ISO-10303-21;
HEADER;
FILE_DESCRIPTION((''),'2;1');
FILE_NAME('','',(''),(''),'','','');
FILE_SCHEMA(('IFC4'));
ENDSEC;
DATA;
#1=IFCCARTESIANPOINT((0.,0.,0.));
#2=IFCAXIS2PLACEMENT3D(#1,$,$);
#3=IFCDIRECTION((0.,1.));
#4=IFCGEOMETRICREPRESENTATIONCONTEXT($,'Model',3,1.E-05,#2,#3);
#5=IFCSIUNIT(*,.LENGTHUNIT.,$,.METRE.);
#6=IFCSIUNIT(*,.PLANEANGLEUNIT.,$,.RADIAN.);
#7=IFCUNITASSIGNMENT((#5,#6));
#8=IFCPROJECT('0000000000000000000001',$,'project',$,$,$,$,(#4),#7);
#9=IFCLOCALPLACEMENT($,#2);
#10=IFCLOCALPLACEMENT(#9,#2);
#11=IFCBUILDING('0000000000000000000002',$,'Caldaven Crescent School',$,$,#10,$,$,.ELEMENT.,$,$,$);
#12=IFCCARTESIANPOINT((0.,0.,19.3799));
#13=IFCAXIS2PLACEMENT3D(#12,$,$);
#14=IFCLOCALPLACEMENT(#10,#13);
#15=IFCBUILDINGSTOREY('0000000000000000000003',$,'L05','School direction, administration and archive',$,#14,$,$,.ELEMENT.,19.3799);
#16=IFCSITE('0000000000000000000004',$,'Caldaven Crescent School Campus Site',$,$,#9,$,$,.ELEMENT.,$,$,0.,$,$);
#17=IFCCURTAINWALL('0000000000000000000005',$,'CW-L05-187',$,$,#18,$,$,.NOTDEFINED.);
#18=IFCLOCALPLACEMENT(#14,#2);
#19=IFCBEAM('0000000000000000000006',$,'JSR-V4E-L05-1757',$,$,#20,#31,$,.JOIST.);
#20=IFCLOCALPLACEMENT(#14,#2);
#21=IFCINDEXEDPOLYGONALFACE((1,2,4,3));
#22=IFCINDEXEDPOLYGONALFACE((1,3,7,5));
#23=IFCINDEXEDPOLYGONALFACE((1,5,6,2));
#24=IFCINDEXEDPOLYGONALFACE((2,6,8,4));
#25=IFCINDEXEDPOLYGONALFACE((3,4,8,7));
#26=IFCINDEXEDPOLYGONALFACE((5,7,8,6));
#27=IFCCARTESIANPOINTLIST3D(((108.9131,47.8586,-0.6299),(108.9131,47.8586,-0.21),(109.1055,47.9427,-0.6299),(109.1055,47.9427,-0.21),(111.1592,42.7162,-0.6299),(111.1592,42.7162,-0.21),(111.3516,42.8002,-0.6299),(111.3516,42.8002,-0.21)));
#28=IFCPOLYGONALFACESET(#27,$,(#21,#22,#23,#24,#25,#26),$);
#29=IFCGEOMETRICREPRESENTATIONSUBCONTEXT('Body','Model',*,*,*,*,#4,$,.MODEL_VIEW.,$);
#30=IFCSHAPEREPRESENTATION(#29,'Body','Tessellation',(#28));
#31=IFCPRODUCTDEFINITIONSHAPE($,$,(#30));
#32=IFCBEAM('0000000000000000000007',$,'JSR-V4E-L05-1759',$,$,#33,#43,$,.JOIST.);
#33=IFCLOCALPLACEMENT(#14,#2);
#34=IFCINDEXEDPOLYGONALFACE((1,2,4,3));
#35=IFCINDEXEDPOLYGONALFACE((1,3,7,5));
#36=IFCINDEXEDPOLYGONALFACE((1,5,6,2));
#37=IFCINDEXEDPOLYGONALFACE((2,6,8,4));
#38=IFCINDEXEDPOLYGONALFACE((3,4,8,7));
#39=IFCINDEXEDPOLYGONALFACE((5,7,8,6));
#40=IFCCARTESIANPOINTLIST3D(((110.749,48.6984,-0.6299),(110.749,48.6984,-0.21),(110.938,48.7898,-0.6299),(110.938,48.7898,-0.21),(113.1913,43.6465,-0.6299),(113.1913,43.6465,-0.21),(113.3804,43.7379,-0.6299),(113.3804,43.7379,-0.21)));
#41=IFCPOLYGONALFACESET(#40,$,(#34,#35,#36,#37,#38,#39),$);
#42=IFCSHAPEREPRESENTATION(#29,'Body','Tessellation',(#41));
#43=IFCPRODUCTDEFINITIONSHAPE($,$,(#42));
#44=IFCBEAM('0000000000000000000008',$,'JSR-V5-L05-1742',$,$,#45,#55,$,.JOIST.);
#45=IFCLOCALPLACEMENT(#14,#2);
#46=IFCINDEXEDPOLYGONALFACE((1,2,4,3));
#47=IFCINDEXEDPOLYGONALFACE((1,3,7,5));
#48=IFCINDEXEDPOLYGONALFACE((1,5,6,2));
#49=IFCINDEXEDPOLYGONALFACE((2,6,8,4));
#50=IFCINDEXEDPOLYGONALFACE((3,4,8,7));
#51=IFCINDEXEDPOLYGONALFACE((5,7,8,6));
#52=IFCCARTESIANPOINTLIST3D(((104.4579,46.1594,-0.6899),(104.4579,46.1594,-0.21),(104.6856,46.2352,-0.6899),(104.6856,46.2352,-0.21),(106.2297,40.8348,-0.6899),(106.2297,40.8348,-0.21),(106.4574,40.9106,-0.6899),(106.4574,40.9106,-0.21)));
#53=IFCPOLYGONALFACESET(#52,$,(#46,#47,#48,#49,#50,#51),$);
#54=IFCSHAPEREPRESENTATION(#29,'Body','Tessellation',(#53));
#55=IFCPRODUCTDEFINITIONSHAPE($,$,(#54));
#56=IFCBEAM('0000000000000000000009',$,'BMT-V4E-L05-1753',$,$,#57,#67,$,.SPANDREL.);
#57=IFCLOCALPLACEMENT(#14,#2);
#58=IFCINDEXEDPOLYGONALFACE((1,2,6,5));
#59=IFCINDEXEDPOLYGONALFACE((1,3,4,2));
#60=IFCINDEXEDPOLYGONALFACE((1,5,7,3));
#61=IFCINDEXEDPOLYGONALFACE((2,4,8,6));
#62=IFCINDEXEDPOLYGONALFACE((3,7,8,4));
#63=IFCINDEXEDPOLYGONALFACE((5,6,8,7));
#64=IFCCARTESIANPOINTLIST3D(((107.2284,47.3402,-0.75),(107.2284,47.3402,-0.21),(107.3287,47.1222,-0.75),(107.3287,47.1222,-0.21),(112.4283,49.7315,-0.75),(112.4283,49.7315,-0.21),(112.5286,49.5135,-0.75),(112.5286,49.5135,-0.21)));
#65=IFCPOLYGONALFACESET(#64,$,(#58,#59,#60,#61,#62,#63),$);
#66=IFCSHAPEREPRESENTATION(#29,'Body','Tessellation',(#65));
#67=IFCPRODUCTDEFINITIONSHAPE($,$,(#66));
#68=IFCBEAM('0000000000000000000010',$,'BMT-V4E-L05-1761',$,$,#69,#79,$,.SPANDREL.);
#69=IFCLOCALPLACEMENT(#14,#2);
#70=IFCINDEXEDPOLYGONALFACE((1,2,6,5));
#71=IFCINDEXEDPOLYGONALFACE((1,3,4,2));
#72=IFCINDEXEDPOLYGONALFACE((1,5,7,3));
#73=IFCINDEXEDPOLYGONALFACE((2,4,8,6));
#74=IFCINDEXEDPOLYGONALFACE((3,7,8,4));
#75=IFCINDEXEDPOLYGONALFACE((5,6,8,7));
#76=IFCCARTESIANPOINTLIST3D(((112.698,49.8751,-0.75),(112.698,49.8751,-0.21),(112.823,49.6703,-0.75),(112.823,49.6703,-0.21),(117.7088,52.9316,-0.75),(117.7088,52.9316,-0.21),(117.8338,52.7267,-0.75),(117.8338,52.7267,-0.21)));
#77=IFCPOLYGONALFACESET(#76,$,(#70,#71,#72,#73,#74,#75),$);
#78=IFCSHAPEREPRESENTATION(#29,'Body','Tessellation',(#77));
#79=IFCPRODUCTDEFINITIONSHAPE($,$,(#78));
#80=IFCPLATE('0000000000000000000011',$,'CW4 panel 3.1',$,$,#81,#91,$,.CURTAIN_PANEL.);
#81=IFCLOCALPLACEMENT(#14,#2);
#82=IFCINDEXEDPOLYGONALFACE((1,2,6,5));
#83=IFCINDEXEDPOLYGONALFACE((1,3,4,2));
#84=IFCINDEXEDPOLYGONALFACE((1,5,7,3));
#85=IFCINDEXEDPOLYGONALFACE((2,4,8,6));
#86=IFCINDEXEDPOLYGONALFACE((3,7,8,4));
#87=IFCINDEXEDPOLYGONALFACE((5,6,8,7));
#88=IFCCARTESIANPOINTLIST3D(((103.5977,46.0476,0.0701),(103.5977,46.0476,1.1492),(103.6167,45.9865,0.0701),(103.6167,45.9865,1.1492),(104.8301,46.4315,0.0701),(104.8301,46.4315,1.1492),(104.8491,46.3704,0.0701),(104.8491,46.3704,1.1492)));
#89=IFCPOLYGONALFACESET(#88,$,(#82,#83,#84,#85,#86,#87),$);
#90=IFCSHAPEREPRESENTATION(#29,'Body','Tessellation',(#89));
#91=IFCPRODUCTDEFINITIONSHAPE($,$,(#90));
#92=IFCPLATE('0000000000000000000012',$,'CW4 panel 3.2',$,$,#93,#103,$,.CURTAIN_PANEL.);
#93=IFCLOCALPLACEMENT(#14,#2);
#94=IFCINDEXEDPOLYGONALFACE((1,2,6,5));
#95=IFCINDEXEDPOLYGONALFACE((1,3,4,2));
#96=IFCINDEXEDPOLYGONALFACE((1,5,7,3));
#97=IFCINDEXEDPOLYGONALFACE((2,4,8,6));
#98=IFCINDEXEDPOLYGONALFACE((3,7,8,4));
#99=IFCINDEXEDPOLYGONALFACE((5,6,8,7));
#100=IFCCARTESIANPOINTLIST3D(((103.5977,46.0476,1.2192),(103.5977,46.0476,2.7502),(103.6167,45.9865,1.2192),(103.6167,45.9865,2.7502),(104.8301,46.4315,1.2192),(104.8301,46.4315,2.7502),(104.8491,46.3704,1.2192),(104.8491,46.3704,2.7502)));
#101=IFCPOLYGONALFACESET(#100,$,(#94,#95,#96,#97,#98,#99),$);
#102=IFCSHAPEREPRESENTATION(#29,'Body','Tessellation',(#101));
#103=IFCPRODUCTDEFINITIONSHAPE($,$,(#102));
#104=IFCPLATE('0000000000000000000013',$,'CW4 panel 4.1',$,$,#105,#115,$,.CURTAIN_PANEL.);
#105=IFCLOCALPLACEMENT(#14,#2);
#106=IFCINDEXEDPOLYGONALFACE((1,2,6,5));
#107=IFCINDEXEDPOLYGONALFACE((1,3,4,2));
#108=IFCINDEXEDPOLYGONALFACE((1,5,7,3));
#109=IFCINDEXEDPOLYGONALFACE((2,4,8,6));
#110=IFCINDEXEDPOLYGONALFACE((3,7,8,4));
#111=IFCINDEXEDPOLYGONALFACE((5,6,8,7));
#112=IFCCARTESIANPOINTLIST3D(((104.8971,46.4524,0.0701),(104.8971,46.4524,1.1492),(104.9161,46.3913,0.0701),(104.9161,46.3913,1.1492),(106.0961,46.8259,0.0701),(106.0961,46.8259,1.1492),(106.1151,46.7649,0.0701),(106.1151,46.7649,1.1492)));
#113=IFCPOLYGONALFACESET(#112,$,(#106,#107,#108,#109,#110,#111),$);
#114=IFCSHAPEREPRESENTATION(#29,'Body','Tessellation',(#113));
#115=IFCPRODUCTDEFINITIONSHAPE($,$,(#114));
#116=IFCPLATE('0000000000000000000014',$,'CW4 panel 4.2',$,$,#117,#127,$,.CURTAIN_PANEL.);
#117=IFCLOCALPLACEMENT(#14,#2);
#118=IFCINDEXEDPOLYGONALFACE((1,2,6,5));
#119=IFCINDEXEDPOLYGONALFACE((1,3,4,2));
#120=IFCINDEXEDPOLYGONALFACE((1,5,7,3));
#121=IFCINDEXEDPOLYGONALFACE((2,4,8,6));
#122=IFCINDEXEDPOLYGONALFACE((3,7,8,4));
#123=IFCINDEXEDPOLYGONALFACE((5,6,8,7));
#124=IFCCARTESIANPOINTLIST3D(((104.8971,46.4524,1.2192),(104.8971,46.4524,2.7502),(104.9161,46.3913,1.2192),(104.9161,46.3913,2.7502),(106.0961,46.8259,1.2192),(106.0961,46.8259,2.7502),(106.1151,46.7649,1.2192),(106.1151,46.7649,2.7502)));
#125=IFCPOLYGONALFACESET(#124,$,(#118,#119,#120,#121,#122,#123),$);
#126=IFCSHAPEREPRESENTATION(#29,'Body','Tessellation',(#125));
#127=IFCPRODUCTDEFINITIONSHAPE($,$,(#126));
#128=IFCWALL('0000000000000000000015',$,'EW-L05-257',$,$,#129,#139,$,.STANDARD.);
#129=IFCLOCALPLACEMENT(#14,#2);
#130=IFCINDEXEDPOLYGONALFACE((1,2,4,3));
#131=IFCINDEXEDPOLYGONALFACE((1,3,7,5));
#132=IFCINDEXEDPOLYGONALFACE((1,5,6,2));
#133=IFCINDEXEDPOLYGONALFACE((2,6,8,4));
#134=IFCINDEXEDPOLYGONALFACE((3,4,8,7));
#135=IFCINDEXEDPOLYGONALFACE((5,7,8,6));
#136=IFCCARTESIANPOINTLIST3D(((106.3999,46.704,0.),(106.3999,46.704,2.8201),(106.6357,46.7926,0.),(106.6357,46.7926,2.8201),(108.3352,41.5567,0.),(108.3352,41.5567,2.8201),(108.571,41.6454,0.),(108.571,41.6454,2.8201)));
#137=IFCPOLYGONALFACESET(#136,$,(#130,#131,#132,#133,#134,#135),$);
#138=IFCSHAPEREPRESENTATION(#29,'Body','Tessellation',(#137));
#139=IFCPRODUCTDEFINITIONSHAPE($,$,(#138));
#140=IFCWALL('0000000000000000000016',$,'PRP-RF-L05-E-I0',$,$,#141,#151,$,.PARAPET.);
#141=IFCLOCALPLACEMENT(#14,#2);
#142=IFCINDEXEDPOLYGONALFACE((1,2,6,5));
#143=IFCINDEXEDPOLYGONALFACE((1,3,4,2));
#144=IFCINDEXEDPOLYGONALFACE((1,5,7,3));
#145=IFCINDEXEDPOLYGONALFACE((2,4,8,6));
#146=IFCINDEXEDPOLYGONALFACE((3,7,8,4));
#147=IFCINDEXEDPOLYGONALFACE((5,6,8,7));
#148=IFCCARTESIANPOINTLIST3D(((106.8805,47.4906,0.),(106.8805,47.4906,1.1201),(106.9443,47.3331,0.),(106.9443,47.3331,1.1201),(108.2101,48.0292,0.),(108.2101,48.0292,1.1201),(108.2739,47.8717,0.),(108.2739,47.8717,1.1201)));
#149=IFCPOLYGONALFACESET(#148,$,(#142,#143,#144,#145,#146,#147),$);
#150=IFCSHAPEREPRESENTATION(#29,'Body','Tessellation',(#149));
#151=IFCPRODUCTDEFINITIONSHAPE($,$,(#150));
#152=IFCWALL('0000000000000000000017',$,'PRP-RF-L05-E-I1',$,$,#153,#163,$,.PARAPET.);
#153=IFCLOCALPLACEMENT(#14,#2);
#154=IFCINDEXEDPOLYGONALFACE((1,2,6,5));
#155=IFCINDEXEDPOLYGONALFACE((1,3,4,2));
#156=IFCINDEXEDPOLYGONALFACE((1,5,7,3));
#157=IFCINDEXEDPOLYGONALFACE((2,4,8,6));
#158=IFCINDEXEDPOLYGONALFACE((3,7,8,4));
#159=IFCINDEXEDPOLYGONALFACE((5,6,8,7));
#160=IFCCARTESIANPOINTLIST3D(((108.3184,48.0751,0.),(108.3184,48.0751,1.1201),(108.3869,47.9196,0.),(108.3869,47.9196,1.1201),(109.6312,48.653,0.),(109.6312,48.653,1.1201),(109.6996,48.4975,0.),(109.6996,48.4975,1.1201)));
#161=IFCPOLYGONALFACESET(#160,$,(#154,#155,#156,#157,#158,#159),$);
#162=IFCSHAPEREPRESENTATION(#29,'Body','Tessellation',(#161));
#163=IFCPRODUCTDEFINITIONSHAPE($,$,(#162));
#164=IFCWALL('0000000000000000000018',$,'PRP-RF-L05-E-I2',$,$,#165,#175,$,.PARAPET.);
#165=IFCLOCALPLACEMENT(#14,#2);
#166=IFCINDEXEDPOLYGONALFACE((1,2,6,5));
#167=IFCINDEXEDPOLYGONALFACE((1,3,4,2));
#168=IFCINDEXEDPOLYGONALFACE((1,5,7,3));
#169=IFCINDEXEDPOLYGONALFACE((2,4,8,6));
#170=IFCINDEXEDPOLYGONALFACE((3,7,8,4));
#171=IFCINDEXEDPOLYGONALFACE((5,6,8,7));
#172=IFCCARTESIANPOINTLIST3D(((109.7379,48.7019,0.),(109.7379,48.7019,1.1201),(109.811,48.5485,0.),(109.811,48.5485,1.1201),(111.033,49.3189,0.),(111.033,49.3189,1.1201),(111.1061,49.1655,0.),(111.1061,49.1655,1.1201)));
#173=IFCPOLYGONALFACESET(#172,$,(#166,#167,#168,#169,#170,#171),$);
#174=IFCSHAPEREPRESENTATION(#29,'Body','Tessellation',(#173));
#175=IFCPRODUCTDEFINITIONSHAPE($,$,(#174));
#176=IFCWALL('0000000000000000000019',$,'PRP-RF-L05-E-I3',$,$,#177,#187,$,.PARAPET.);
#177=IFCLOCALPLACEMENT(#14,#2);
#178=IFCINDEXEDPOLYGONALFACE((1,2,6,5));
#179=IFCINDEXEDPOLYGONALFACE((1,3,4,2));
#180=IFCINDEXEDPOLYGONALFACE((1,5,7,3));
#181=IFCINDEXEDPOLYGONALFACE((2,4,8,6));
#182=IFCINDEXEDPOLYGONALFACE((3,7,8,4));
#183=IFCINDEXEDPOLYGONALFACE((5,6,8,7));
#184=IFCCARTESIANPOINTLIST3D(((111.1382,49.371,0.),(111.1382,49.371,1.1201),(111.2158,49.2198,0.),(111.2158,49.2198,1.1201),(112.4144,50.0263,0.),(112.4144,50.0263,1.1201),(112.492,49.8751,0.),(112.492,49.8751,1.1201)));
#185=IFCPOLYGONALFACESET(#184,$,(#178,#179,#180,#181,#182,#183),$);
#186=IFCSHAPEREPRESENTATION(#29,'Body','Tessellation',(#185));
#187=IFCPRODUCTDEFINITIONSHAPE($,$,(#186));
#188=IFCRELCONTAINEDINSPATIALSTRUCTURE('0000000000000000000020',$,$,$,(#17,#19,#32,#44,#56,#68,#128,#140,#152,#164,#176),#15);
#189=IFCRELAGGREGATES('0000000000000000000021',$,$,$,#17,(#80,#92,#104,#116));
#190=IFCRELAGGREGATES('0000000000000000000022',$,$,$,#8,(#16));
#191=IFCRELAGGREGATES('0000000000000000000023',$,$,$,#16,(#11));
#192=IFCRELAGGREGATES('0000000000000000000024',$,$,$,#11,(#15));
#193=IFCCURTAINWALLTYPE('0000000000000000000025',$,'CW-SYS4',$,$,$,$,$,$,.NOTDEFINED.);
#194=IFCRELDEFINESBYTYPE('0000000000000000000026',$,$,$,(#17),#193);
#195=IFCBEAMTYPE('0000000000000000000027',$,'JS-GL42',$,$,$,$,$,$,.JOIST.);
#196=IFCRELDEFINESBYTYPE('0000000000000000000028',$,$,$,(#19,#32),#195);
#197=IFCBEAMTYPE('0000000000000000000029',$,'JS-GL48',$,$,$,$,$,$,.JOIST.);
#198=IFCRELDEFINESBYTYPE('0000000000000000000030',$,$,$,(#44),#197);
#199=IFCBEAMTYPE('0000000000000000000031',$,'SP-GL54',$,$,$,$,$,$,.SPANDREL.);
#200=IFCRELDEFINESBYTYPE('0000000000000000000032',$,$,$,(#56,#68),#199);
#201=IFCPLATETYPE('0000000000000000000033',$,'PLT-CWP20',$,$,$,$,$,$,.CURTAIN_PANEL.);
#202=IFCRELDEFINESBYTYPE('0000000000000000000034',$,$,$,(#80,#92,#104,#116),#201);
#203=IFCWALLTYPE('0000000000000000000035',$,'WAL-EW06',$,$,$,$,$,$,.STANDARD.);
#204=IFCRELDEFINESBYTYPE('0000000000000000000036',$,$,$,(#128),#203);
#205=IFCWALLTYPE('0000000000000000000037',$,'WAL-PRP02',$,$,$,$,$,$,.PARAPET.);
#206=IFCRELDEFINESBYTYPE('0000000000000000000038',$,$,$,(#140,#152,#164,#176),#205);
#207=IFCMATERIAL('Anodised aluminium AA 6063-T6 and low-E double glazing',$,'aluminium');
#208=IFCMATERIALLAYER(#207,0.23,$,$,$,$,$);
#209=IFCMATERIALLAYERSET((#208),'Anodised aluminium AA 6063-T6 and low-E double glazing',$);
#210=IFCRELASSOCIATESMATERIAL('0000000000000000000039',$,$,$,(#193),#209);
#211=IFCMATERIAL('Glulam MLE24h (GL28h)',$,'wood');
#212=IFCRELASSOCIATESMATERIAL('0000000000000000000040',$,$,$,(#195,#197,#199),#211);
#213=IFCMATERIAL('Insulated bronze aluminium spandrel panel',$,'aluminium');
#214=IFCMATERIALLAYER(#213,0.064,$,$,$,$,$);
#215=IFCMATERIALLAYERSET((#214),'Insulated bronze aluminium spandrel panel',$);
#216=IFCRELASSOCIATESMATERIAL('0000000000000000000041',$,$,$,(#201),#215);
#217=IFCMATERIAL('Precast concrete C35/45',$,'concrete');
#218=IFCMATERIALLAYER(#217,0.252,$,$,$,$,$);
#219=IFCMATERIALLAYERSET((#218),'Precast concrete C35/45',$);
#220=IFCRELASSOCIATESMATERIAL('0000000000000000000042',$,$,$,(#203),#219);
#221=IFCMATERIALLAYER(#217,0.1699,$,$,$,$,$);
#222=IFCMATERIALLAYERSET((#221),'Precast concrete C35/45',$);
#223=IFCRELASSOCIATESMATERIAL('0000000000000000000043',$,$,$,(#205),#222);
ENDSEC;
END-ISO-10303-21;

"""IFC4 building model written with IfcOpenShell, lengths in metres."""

from ifc_helpers import new_model, si_unit, direction, frame, frame_2d, origin, origin_2d, place, context, subcontext, project, spatial, rectangle, extrude, material, layer, layer_set, material_profile, profile_set, type_object, element, aggregate, save


model = new_model("IFC4")

# Units and contexts
model_context = context("Model", 3, precision=1e-05, world=origin(), true_north=direction((0.0, 1.0)))
body_context = subcontext(model_context, "Body", "Model", "MODEL_VIEW")
ifc_project = project(units=[si_unit("LENGTHUNIT", "METRE"), si_unit("PLANEANGLEUNIT", "RADIAN")], contexts=[model_context])

# Site, building, storey
site_placement = place(None, origin())
site = spatial("IfcSite", under=ifc_project, at=site_placement, Name="Caldaven Crescent School Campus Site", CompositionType="ELEMENT", RefElevation=0.0)
building_placement = place(site_placement, origin())
building = spatial("IfcBuilding", under=site, at=building_placement, Name="Caldaven Crescent School", CompositionType="ELEMENT")
storey_placement = place(building_placement, frame((0.0, 0.0, 19.3799)))
storey = spatial("IfcBuildingStorey", under=building, at=storey_placement, Name="L05", Description="School direction, administration and archive", CompositionType="ELEMENT", Elevation=19.3799)

# Shared definitions
ifc_material_1 = material(Name="Glulam MLE24h (GL28h)", Category="wood")

# Curtain wall
ifc_material_2 = material(Name="Anodised aluminium AA 6063-T6 and low-E double glazing", Category="aluminium")
ifc_layer_1 = layer(ifc_material_2, 0.23)
ifc_layer_set_1 = layer_set([ifc_layer_1], Name="Anodised aluminium AA 6063-T6 and low-E double glazing")
curtain_wall_type = type_object("IfcCurtainWallType", Name="CW-SYS4", PredefinedType="NOTDEFINED", material=ifc_layer_set_1)
curtain_wall_placement = place(storey_placement, origin())
curtain_wall = element("IfcCurtainWall", 1, at=curtain_wall_placement, inside=storey, type_object=curtain_wall_type, Name="CW-L05-187", PredefinedType="NOTDEFINED")

# Beams
ifc_material_profile_1 = material_profile(ifc_material_1, rectangle(XDim=0.21, YDim=0.4199, at=origin_2d()), Name="MLE 210x420")
ifc_profile_set_1 = profile_set([ifc_material_profile_1], Name="Glulam MLE24h (GL28h)")
beam_type_1 = type_object("IfcBeamType", Name="JS-GL42", PredefinedType="JOIST", material=ifc_profile_set_1)
beam_1_placement = place(storey_placement, frame((109.0093, 47.9006, -0.4199), z_axis=(0.400269, -0.916398, 0.0), x_axis=(0.916398, 0.400269, 0.0)))
element("IfcBeam", 2, at=beam_1_placement, inside=storey, type_object=beam_type_1, Name="JSR-V4E-L05-1757", PredefinedType="JOIST", context=body_context, shape_type="SweptSolid", body=[
    extrude(rectangle(XDim=0.21, YDim=0.4199, at=origin_2d()), origin(), (0.0, 0.0, 1.0), 5.6116),
])
beam_2_placement = place(storey_placement, frame((110.8435, 48.7441, -0.4199), z_axis=(0.435253, -0.900308, 0.0), x_axis=(0.900308, 0.435253, 0.0)))
element("IfcBeam", 3, at=beam_2_placement, inside=storey, type_object=beam_type_1, Name="JSR-V4E-L05-1759", PredefinedType="JOIST", context=body_context, shape_type="SweptSolid", body=[
    extrude(rectangle(XDim=0.21, YDim=0.4199, at=origin_2d()), origin(), (0.0, 0.0, 1.0), 5.6113),
])
ifc_material_profile_2 = material_profile(ifc_material_1, rectangle(XDim=0.24, YDim=0.48, at=origin_2d()), Name="MLE 240x480")
ifc_profile_set_2 = profile_set([ifc_material_profile_2], Name="Glulam MLE24h (GL28h)")
beam_type_2 = type_object("IfcBeamType", Name="JS-GL48", PredefinedType="JOIST", material=ifc_profile_set_2)
beam_3_placement = place(storey_placement, frame((104.5718, 46.1973, -0.45), z_axis=(0.315732, -0.948848, 0.0), x_axis=(0.948848, 0.315732, 0.0)))
element("IfcBeam", 4, at=beam_3_placement, inside=storey, type_object=beam_type_2, Name="JSR-V5-L05-1742", PredefinedType="JOIST", context=body_context, shape_type="SweptSolid", body=[
    extrude(rectangle(XDim=0.24, YDim=0.48, at=origin_2d()), origin(), (0.0, 0.0, 1.0), 5.6116),
])
ifc_material_profile_3 = material_profile(ifc_material_1, rectangle(XDim=0.24, YDim=0.54, at=origin_2d()), Name="MLE 240x540")
ifc_profile_set_3 = profile_set([ifc_material_profile_3], Name="Glulam MLE24h (GL28h)")
beam_type_3 = type_object("IfcBeamType", Name="SP-GL54", PredefinedType="SPANDREL", material=ifc_profile_set_3)
beam_4_placement = place(storey_placement, frame((107.2786, 47.2312, -0.48), z_axis=(0.908532, 0.417816, 0.0), x_axis=(-0.417816, 0.908532, 0.0)))
element("IfcBeam", 5, at=beam_4_placement, inside=storey, type_object=beam_type_3, Name="BMT-V4E-L05-1753", PredefinedType="SPANDREL", context=body_context, shape_type="SweptSolid", body=[
    extrude(rectangle(XDim=0.24, YDim=0.54, at=origin_2d()), origin(), (0.0, 0.0, 1.0), 5.7234),
])
beam_5_placement = place(storey_placement, frame((112.7605, 49.7727, -0.48), z_axis=(0.853715, 0.52074, 0.0), x_axis=(-0.52074, 0.853715, 0.0)))
element("IfcBeam", 6, at=beam_5_placement, inside=storey, type_object=beam_type_3, Name="BMT-V4E-L05-1761", PredefinedType="SPANDREL", context=body_context, shape_type="SweptSolid", body=[
    extrude(rectangle(XDim=0.24, YDim=0.54, at=origin_2d()), origin(), (0.0, 0.0, 1.0), 5.8694),
])

# Plates
ifc_material_3 = material(Name="Insulated bronze aluminium spandrel panel", Category="aluminium")
ifc_layer_2 = layer(ifc_material_3, 0.064)
ifc_layer_set_2 = layer_set([ifc_layer_2], Name="Insulated bronze aluminium spandrel panel")
plate_type = type_object("IfcPlateType", Name="PLT-CWP20", PredefinedType="CURTAIN_PANEL", material=ifc_layer_set_2)
plate_1_placement = place(storey_placement, frame((104.2234, 46.209, 0.0701), z_axis=(0.0, 0.0, 1.0), x_axis=(0.954747, 0.29742, 0.0)))
plate_1 = element("IfcPlate", 7, at=plate_1_placement, type_object=plate_type, Name="CW4 panel 3.1", PredefinedType="CURTAIN_PANEL", context=body_context, shape_type="SweptSolid", body=[
    extrude(rectangle(XDim=1.2908, YDim=0.064, at=origin_2d()), origin(), (0.0, 0.0, 1.0), 1.0791),
])
plate_2_placement = place(storey_placement, frame((104.2234, 46.209, 1.2192), z_axis=(0.0, 0.0, 1.0), x_axis=(0.954747, 0.29742, 0.0)))
plate_2 = element("IfcPlate", 8, at=plate_2_placement, type_object=plate_type, Name="CW4 panel 3.2", PredefinedType="CURTAIN_PANEL", context=body_context, shape_type="SweptSolid", body=[
    extrude(rectangle(XDim=1.2908, YDim=0.064, at=origin_2d()), origin(), (0.0, 0.0, 1.0), 1.531),
])
plate_3_placement = place(storey_placement, frame((105.5061, 46.6086, 0.0701), z_axis=(0.0, 0.0, 1.0), x_axis=(0.954747, 0.29742, 0.0)))
plate_3 = element("IfcPlate", 9, at=plate_3_placement, type_object=plate_type, Name="CW4 panel 4.1", PredefinedType="CURTAIN_PANEL", context=body_context, shape_type="SweptSolid", body=[
    extrude(rectangle(XDim=1.2559, YDim=0.064, at=origin_2d()), origin(), (0.0, 0.0, 1.0), 1.0791),
])
plate_4_placement = place(storey_placement, frame((105.5061, 46.6086, 1.2192), z_axis=(0.0, 0.0, 1.0), x_axis=(0.954747, 0.29742, 0.0)))
plate_4 = element("IfcPlate", 10, at=plate_4_placement, type_object=plate_type, Name="CW4 panel 4.2", PredefinedType="CURTAIN_PANEL", context=body_context, shape_type="SweptSolid", body=[
    extrude(rectangle(XDim=1.2559, YDim=0.064, at=origin_2d()), origin(), (0.0, 0.0, 1.0), 1.531),
])
aggregate(curtain_wall, [plate_1, plate_2, plate_3, plate_4])

# Walls
ifc_material_4 = material(Name="Precast concrete C35/45", Category="concrete")
ifc_layer_3 = layer(ifc_material_4, 0.252)
ifc_layer_set_3 = layer_set([ifc_layer_3], Name="Precast concrete C35/45")
wall_type_1 = type_object("IfcWallType", Name="WAL-EW06", PredefinedType="STANDARD", material=ifc_layer_set_3)
wall_1_placement = place(storey_placement, frame((106.5178, 46.7483, 0.0), z_axis=(0.0, 0.0, 1.0), x_axis=(0.351936, -0.936024, 0.0)))
element("IfcWall", 11, at=wall_1_placement, inside=storey, type_object=wall_type_1, Name="EW-L05-257", PredefinedType="STANDARD", context=body_context, shape_type="SweptSolid", body=[
    extrude(rectangle(XDim=5.499, YDim=0.252, at=frame_2d((2.7495, 0.0))), origin(), (0.0, 0.0, 1.0), 2.8201),
])
ifc_layer_4 = layer(ifc_material_4, 0.1699)
ifc_layer_set_4 = layer_set([ifc_layer_4], Name="Precast concrete C35/45")
wall_type_2 = type_object("IfcWallType", Name="WAL-PRP02", PredefinedType="PARAPET", material=ifc_layer_set_4)
wall_2_placement = place(storey_placement, frame((106.9124, 47.4119, 0.0), z_axis=(0.0, 0.0, 1.0), x_axis=(0.926848, 0.375436, 0.0)))
element("IfcWall", 12, at=wall_2_placement, inside=storey, type_object=wall_type_2, Name="PRP-RF-L05-E-I0", PredefinedType="PARAPET", context=body_context, shape_type="SweptSolid", body=[
    extrude(rectangle(XDim=1.4346, YDim=0.1699, at=frame_2d((0.7173, 0.0))), origin(), (0.0, 0.0, 1.0), 1.1201),
])
wall_3_placement = place(storey_placement, frame((108.3525, 47.9973, 0.0), z_axis=(0.0, 0.0, 1.0), x_axis=(0.915245, 0.402898, 0.0)))
element("IfcWall", 13, at=wall_3_placement, inside=storey, type_object=wall_type_2, Name="PRP-RF-L05-E-I1", PredefinedType="PARAPET", context=body_context, shape_type="SweptSolid", body=[
    extrude(rectangle(XDim=1.4343, YDim=0.1699, at=frame_2d((0.7173, 0.0))), origin(), (0.0, 0.0, 1.0), 1.1201),
])
for number, where, z_axis, x_axis, name in (
    (14, (109.7744, 48.6252, 0.0), (0.0, 0.0, 1.0), (0.902807, 0.430046, 0.0), "PRP-RF-L05-E-I2"),
    (15, (111.177, 49.2954, 0.0), (0.0, 0.0, 1.0), (0.889576, 0.456786, 0.0), "PRP-RF-L05-E-I3"),
):
    element("IfcWall", number, at=place(storey_placement, frame(where, z_axis=z_axis, x_axis=x_axis)), inside=storey, type_object=wall_type_2, Name=name, PredefinedType="PARAPET", context=body_context, shape_type="SweptSolid", body=[
        extrude(rectangle(XDim=1.4346, YDim=0.1699, at=frame_2d((0.7173, 0.0))), origin(), (0.0, 0.0, 1.0), 1.1201),
    ])

save(model, "model.ifc")
